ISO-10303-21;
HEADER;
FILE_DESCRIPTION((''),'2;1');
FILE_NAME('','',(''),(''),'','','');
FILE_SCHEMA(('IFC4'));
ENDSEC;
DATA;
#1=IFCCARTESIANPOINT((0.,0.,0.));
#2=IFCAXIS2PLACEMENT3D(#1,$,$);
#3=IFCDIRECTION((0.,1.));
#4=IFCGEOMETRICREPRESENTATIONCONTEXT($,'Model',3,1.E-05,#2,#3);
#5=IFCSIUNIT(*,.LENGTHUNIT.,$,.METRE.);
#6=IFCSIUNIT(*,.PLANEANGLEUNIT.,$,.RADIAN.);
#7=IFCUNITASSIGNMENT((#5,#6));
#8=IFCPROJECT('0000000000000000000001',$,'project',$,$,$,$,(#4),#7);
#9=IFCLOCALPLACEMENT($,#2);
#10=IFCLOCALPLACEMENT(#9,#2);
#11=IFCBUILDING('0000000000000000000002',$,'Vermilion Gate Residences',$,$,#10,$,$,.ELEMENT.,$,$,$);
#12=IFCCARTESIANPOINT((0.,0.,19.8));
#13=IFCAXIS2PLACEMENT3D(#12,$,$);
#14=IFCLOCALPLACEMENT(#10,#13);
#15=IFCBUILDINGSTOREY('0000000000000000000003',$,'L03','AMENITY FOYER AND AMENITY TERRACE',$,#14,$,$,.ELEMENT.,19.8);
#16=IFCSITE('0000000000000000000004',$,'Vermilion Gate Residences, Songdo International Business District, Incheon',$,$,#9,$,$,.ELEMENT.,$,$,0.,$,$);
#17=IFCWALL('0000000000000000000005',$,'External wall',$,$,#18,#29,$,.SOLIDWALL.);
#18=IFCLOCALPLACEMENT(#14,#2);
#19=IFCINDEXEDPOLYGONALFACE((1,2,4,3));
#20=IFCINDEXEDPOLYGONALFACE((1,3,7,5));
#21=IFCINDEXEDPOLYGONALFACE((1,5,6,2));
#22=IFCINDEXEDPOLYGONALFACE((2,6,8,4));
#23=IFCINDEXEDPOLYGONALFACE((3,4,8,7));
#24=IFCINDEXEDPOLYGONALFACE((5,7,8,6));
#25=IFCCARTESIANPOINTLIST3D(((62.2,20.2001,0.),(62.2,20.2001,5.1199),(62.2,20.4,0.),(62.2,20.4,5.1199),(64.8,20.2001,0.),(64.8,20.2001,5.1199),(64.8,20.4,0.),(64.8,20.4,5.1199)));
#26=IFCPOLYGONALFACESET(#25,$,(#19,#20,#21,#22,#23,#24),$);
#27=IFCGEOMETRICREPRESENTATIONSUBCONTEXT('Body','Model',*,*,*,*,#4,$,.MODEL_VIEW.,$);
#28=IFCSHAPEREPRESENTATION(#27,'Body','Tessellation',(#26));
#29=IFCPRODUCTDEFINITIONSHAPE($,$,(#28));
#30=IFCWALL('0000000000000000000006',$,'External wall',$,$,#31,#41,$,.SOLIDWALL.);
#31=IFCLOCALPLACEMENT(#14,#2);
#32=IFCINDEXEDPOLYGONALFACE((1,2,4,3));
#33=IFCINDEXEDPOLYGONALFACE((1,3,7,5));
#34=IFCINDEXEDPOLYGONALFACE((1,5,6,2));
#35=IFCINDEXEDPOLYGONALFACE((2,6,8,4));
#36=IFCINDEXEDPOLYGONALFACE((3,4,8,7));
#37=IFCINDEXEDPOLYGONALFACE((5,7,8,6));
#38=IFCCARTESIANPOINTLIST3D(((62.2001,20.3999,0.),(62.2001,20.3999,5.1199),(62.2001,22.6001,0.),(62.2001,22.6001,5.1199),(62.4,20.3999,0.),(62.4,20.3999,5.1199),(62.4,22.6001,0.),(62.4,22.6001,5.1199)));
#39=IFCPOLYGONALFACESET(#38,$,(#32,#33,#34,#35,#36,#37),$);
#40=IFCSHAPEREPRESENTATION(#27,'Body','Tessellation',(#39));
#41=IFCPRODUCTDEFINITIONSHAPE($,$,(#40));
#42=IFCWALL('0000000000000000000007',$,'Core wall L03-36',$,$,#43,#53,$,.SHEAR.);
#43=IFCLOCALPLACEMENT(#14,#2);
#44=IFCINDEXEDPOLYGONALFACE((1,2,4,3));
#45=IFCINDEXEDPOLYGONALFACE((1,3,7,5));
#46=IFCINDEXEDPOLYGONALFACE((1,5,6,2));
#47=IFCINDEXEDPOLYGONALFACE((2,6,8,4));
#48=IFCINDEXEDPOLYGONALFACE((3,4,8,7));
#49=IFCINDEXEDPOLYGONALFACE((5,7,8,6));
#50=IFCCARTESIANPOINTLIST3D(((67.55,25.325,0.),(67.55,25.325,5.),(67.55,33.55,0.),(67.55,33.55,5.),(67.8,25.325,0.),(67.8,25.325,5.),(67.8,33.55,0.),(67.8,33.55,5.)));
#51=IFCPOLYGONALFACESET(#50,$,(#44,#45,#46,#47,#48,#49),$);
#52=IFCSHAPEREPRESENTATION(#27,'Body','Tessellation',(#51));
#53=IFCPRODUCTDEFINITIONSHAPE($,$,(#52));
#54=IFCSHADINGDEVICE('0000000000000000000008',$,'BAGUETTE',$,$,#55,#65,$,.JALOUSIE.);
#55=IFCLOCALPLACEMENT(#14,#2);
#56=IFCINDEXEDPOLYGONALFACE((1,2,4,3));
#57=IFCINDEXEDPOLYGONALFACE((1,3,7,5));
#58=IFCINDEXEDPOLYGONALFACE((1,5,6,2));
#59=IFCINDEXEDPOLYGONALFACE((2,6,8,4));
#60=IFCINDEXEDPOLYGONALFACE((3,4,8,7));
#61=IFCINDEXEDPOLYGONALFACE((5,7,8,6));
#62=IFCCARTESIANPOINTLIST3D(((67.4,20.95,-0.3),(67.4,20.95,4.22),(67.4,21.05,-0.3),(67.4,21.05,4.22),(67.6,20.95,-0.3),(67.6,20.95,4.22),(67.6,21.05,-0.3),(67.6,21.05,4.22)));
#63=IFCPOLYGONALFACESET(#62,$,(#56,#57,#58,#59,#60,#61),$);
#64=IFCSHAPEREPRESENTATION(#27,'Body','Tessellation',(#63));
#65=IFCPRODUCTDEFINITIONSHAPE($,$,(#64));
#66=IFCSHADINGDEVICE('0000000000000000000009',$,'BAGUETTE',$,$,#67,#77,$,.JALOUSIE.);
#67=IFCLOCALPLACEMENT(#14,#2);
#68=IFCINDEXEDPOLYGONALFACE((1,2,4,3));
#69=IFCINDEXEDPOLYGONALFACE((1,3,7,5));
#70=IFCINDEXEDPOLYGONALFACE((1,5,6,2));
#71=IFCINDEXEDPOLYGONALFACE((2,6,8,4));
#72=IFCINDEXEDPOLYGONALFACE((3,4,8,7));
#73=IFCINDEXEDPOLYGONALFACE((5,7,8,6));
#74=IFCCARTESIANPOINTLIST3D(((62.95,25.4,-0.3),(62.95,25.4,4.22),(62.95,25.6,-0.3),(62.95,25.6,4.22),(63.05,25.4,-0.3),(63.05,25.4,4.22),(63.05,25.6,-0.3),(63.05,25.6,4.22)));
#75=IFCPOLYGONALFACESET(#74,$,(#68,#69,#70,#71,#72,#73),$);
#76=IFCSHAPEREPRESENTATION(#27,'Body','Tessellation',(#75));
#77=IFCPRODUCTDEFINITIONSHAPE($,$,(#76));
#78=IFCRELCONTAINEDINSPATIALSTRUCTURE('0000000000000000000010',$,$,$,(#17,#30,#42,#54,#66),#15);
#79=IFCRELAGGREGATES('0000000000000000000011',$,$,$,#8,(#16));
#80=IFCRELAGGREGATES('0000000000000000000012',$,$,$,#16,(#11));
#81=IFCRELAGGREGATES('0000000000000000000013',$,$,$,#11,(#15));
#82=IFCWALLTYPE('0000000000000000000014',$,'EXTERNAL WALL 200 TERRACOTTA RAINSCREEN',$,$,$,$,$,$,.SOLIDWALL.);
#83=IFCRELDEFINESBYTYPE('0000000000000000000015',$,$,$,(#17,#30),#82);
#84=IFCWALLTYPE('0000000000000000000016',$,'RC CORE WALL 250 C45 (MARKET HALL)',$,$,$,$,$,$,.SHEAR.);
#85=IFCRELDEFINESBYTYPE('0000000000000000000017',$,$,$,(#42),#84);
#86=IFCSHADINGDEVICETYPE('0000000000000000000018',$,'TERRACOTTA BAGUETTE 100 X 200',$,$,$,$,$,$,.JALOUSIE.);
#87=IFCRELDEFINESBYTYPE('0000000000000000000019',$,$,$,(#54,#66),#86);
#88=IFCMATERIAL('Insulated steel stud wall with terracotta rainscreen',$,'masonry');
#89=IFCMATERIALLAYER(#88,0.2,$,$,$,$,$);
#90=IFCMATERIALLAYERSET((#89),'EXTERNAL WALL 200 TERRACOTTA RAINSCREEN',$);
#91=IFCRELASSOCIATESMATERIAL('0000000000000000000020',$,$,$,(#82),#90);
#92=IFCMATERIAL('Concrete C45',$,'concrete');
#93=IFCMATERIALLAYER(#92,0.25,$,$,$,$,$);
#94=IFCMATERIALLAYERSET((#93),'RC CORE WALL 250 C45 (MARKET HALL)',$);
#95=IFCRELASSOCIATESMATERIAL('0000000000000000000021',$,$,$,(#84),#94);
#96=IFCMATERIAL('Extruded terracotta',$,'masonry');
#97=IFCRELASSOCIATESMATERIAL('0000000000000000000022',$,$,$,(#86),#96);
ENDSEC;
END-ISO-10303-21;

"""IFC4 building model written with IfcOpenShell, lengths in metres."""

from ifc_helpers import new_model, si_unit, direction, frame, frame_2d, origin, origin_2d, place, context, subcontext, project, spatial, rectangle, extrude, material, layer, layer_set, material_profile, profile_set, type_object, element, save


model = new_model("IFC4")

# Units and contexts
model_context = context("Model", 3, precision=1e-05, world=origin(), true_north=direction((0.0, 1.0)))
body_context = subcontext(model_context, "Body", "Model", "MODEL_VIEW")
ifc_project = project(units=[si_unit("LENGTHUNIT", "METRE"), si_unit("PLANEANGLEUNIT", "RADIAN")], contexts=[model_context])

# Site, building, storey
site_placement = place(None, origin())
site = spatial("IfcSite", under=ifc_project, at=site_placement, Name="Vermilion Gate Residences, Songdo International Business District, Incheon", CompositionType="ELEMENT", RefElevation=0.0)
building_placement = place(site_placement, origin())
building = spatial("IfcBuilding", under=site, at=building_placement, Name="Vermilion Gate Residences", CompositionType="ELEMENT")
storey_placement = place(building_placement, frame((0.0, 0.0, 19.8)))
storey = spatial("IfcBuildingStorey", under=building, at=storey_placement, Name="L03", Description="AMENITY FOYER AND AMENITY TERRACE", CompositionType="ELEMENT", Elevation=19.8)

# Walls
ifc_material_1 = material(Name="Insulated steel stud wall with terracotta rainscreen", Category="masonry")
ifc_layer_1 = layer(ifc_material_1, 0.2)
ifc_layer_set_1 = layer_set([ifc_layer_1], Name="EXTERNAL WALL 200 TERRACOTTA RAINSCREEN")
wall_type_1 = type_object("IfcWallType", Name="EXTERNAL WALL 200 TERRACOTTA RAINSCREEN", PredefinedType="SOLIDWALL", material=ifc_layer_set_1)
wall_1_placement = place(storey_placement, frame((64.8, 20.3, 0.0), z_axis=(0.0, 0.0, 1.0), x_axis=(-1.0, 0.0, 0.0)))
element("IfcWall", 1, at=wall_1_placement, inside=storey, type_object=wall_type_1, Name="External wall", PredefinedType="SOLIDWALL", context=body_context, shape_type="SweptSolid", body=[
    extrude(rectangle(XDim=2.6001, YDim=0.2, at=frame_2d((1.3, 0.0))), origin(), (0.0, 0.0, 1.0), 5.1199),
])
wall_2_placement = place(storey_placement, frame((62.3, 20.3999, 0.0), z_axis=(0.0, 0.0, 1.0), x_axis=(0.0, 1.0, 0.0)))
element("IfcWall", 2, at=wall_2_placement, inside=storey, type_object=wall_type_1, Name="External wall", PredefinedType="SOLIDWALL", context=body_context, shape_type="SweptSolid", body=[
    extrude(rectangle(XDim=2.2002, YDim=0.2, at=frame_2d((1.1001, 0.0))), origin(), (0.0, 0.0, 1.0), 5.1199),
])
ifc_material_2 = material(Name="Concrete C45", Category="concrete")
ifc_layer_2 = layer(ifc_material_2, 0.25)
ifc_layer_set_2 = layer_set([ifc_layer_2], Name="RC CORE WALL 250 C45 (MARKET HALL)")
wall_type_2 = type_object("IfcWallType", Name="RC CORE WALL 250 C45 (MARKET HALL)", PredefinedType="SHEAR", material=ifc_layer_set_2)
wall_3_placement = place(storey_placement, frame((67.675, 25.325, 0.0), z_axis=(0.0, 0.0, 1.0), x_axis=(0.0, 1.0, 0.0)))
element("IfcWall", 3, at=wall_3_placement, inside=storey, type_object=wall_type_2, Name="Core wall L03-36", PredefinedType="SHEAR", context=body_context, shape_type="SweptSolid", body=[
    extrude(rectangle(XDim=8.2251, YDim=0.25, at=frame_2d((4.1125, 0.0))), origin(), (0.0, 0.0, 1.0), 5.0),
])

# Shading devices
ifc_material_3 = material(Name="Extruded terracotta", Category="masonry")
ifc_material_profile_1 = material_profile(ifc_material_3, rectangle(XDim=0.2, YDim=0.1001, at=origin_2d()), Name="BAGUETTE 100 X 200")
ifc_profile_set_1 = profile_set([ifc_material_profile_1], Name="Extruded terracotta")
shading_device_type = type_object("IfcShadingDeviceType", Name="TERRACOTTA BAGUETTE 100 X 200", PredefinedType="JALOUSIE", material=ifc_profile_set_1)
for number, where, z_axis, x_axis, name in (
    (4, (67.5, 21.0, -0.3), (0.0, 0.0, 1.0), (-1.0, 0.0, 0.0), "BAGUETTE"),
    (5, (63.0, 25.5, -0.3), (0.0, 0.0, 1.0), (0.0, -1.0, 0.0), "BAGUETTE"),
):
    element("IfcShadingDevice", number, at=place(storey_placement, frame(where, z_axis=z_axis, x_axis=x_axis)), inside=storey, type_object=shading_device_type, Name=name, PredefinedType="JALOUSIE", context=body_context, shape_type="SweptSolid", body=[
        extrude(rectangle(XDim=0.2, YDim=0.1001, at=origin_2d()), origin(), (0.0, 0.0, 1.0), 4.52),
    ])

save(model, "model.ifc")
